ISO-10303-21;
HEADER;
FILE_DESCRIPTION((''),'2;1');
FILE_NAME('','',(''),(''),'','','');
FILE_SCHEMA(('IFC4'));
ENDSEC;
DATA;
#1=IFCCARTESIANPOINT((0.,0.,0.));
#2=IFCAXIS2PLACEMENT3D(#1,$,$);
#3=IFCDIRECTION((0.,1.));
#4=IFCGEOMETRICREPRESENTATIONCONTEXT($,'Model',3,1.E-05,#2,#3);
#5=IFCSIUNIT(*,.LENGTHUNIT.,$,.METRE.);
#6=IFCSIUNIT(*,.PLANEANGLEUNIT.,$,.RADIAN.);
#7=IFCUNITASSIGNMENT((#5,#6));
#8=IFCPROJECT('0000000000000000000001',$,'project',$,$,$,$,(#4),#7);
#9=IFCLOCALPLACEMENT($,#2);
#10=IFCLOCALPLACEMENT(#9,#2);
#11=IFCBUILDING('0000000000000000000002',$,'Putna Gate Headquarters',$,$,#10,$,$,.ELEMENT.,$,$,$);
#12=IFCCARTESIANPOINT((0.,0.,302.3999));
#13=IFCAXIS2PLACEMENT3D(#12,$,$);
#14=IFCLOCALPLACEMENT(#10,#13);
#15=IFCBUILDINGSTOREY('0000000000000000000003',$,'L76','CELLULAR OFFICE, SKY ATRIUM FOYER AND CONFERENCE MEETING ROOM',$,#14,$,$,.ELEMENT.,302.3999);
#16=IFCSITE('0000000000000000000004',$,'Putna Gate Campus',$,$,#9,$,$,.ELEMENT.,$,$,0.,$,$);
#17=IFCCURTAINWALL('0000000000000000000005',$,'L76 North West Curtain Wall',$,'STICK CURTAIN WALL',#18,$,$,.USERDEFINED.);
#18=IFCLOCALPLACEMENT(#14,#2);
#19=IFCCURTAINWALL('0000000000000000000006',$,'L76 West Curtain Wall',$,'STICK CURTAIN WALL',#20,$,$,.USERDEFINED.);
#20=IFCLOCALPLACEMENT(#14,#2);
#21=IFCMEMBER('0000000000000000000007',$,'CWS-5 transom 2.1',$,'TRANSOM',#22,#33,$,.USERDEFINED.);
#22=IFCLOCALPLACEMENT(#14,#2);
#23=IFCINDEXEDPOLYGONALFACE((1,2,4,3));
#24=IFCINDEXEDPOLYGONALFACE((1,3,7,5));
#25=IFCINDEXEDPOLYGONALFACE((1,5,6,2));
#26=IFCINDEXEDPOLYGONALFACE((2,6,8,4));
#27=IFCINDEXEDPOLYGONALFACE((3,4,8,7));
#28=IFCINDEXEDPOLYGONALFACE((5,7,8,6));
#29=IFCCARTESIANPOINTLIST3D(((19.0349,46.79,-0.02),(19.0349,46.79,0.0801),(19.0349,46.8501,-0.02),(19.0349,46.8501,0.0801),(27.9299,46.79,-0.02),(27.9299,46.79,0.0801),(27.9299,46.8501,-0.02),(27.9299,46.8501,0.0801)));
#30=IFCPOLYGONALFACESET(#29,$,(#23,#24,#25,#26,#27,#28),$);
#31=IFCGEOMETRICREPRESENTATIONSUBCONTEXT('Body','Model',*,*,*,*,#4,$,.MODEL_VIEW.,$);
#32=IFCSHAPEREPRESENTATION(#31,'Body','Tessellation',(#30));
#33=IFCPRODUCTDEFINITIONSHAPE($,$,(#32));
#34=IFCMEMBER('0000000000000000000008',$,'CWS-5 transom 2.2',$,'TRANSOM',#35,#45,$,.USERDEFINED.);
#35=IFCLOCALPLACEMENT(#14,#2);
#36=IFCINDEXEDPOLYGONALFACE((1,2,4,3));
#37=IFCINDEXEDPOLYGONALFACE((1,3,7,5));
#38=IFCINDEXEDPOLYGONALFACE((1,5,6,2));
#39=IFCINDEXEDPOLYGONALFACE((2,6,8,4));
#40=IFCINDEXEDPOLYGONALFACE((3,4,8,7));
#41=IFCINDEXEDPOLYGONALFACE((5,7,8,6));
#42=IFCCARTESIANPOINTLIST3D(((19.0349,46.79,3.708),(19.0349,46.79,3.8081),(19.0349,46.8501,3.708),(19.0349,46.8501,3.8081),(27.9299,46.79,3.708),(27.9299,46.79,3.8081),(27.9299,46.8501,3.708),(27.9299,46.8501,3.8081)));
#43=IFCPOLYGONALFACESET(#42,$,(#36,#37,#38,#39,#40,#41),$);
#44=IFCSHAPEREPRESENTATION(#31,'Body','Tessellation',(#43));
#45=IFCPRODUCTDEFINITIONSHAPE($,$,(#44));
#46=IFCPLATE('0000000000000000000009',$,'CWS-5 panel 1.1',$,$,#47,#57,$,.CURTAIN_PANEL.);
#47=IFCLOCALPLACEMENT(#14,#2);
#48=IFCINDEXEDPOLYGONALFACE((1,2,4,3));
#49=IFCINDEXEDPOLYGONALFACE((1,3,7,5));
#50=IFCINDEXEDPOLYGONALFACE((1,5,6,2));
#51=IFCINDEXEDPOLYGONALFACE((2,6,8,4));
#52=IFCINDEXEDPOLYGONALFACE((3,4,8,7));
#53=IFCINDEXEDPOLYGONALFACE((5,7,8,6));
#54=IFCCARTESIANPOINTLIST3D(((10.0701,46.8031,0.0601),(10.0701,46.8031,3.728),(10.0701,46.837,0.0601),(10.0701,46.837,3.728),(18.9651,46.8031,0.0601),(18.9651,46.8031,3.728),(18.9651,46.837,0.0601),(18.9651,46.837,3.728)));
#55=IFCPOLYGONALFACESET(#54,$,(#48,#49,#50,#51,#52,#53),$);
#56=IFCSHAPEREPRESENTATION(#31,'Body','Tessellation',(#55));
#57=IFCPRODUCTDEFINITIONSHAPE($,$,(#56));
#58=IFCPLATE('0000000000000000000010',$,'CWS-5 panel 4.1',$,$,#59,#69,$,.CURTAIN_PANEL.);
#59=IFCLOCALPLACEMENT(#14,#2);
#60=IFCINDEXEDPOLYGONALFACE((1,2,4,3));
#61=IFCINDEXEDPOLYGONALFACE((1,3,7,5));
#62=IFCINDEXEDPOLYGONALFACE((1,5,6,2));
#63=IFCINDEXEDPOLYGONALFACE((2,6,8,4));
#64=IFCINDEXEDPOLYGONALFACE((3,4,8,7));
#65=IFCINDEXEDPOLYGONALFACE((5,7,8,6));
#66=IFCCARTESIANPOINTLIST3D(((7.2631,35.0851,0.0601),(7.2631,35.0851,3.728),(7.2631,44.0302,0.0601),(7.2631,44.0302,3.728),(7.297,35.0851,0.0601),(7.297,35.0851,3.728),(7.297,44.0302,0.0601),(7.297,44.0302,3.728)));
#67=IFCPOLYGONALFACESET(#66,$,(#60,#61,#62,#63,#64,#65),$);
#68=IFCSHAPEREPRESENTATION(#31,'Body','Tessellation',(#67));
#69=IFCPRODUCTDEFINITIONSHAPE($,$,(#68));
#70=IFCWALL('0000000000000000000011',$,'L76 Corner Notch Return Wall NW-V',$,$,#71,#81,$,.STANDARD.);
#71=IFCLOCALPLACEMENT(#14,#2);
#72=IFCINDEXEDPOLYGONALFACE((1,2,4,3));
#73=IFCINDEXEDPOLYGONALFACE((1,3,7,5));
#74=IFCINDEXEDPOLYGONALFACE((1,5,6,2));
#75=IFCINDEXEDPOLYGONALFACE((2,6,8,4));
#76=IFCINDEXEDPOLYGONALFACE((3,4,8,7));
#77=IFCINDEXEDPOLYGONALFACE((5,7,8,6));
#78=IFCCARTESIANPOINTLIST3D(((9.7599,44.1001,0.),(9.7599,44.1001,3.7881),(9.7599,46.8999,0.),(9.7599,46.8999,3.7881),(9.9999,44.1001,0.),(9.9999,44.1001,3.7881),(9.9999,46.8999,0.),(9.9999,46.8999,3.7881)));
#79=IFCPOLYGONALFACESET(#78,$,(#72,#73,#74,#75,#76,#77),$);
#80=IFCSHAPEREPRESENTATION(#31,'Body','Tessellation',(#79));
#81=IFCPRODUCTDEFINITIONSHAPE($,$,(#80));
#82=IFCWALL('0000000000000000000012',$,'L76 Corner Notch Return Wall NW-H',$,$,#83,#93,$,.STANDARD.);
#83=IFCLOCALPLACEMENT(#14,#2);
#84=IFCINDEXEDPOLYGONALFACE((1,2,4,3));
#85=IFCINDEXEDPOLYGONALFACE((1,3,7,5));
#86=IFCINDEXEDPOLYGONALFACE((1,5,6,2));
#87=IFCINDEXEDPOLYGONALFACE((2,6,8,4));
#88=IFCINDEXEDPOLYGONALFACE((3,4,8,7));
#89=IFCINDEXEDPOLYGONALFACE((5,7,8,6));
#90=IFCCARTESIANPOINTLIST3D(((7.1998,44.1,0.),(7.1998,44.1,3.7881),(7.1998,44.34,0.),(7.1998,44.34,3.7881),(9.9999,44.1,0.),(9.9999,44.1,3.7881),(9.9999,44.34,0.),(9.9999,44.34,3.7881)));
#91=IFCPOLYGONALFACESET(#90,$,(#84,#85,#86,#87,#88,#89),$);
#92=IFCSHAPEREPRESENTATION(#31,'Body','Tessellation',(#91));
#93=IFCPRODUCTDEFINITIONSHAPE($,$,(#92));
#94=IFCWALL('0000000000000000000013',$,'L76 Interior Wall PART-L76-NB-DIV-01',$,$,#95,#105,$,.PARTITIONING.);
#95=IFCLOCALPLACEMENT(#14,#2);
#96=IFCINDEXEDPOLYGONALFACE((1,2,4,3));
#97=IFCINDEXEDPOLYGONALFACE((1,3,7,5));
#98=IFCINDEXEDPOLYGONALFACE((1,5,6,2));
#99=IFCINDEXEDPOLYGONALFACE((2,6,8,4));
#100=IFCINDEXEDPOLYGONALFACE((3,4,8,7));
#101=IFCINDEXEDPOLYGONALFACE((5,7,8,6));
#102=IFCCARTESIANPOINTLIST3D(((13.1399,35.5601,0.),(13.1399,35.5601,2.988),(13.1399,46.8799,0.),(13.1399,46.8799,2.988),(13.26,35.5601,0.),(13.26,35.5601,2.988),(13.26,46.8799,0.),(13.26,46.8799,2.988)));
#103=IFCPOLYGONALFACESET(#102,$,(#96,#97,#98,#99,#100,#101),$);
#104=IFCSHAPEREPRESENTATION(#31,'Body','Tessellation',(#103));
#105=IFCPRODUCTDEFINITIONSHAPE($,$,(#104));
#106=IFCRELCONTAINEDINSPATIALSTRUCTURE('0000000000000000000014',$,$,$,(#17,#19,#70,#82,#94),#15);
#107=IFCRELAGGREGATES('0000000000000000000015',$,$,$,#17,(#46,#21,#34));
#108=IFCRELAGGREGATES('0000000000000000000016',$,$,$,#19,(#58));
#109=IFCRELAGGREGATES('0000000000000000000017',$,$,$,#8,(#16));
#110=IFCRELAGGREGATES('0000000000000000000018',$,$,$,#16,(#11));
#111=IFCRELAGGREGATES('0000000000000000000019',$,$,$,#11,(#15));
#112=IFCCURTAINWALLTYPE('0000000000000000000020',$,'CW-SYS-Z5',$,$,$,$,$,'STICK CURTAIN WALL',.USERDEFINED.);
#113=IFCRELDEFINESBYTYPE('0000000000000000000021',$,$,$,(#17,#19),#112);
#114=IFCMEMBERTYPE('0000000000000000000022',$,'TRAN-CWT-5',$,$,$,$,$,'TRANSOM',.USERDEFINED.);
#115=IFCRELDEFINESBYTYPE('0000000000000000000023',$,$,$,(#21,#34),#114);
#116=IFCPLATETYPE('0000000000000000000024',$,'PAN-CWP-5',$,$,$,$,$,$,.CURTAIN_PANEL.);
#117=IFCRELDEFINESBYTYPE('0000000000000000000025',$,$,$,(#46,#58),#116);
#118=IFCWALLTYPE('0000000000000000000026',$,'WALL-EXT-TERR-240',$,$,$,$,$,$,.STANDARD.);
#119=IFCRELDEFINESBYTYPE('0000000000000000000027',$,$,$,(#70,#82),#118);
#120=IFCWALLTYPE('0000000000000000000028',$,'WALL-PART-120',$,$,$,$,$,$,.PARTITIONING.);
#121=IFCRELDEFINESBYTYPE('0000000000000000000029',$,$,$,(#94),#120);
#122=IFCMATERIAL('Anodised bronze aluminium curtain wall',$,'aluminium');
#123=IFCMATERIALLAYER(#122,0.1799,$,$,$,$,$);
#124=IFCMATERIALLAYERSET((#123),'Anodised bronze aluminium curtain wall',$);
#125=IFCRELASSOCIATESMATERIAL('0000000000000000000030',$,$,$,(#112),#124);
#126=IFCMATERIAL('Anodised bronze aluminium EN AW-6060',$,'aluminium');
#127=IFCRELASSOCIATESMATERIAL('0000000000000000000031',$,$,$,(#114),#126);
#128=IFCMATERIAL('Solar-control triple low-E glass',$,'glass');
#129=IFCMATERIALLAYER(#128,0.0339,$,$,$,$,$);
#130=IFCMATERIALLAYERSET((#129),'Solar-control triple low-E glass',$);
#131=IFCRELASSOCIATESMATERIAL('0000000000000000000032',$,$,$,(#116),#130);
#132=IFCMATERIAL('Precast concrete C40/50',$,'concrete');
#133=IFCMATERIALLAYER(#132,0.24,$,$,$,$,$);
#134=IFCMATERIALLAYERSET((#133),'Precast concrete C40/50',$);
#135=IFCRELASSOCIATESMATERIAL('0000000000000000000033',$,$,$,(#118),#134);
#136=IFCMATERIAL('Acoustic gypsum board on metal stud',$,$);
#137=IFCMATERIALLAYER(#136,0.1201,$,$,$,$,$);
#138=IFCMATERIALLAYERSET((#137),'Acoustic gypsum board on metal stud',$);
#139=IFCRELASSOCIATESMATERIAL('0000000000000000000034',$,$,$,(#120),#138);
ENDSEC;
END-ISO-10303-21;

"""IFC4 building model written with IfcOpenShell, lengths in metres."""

from ifc_helpers import new_model, si_unit, direction, frame, frame_2d, origin, origin_2d, place, context, subcontext, project, spatial, rectangle, extrude, material, layer, layer_set, material_profile, profile_set, type_object, element, aggregate, save


model = new_model("IFC4")

# Units and contexts
model_context = context("Model", 3, precision=1e-05, world=origin(), true_north=direction((0.0, 1.0)))
body_context = subcontext(model_context, "Body", "Model", "MODEL_VIEW")
ifc_project = project(units=[si_unit("LENGTHUNIT", "METRE"), si_unit("PLANEANGLEUNIT", "RADIAN")], contexts=[model_context])

# Site, building, storey
site_placement = place(None, origin())
site = spatial("IfcSite", under=ifc_project, at=site_placement, Name="Putna Gate Campus", CompositionType="ELEMENT", RefElevation=0.0)
building_placement = place(site_placement, origin())
building = spatial("IfcBuilding", under=site, at=building_placement, Name="Putna Gate Headquarters", CompositionType="ELEMENT")
storey_placement = place(building_placement, frame((0.0, 0.0, 302.3999)))
storey = spatial("IfcBuildingStorey", under=building, at=storey_placement, Name="L76", Description="CELLULAR OFFICE, SKY ATRIUM FOYER AND CONFERENCE MEETING ROOM", CompositionType="ELEMENT", Elevation=302.3999)

# Curtain wall
ifc_material_1 = material(Name="Anodised bronze aluminium curtain wall", Category="aluminium")
ifc_layer_1 = layer(ifc_material_1, 0.1799)
ifc_layer_set_1 = layer_set([ifc_layer_1], Name="Anodised bronze aluminium curtain wall")
curtain_wall_type = type_object("IfcCurtainWallType", Name="CW-SYS-Z5", ElementType="STICK CURTAIN WALL", PredefinedType="USERDEFINED", material=ifc_layer_set_1)
curtain_wall_1_placement = place(storey_placement, origin())
curtain_wall_1 = element("IfcCurtainWall", 1, at=curtain_wall_1_placement, inside=storey, type_object=curtain_wall_type, Name="L76 North West Curtain Wall", ObjectType="STICK CURTAIN WALL", PredefinedType="USERDEFINED")
ifc_material_2 = material(Name="Anodised bronze aluminium EN AW-6060", Category="aluminium")

# Curtain wall
curtain_wall_2_placement = place(storey_placement, origin())
curtain_wall_2 = element("IfcCurtainWall", 2, at=curtain_wall_2_placement, inside=storey, type_object=curtain_wall_type, Name="L76 West Curtain Wall", ObjectType="STICK CURTAIN WALL", PredefinedType="USERDEFINED")

# Members
ifc_material_profile_1 = material_profile(ifc_material_2, rectangle(XDim=0.0601, YDim=0.1001, at=origin_2d()), Name="Anodised bronze aluminium EN AW-6060")
ifc_profile_set_1 = profile_set([ifc_material_profile_1], Name="Anodised bronze aluminium EN AW-6060")
member_type_1 = type_object("IfcMemberType", Name="TRAN-CWT-5", ElementType="TRANSOM", PredefinedType="USERDEFINED", material=ifc_profile_set_1)
member_1_placement = place(storey_placement, frame((19.0349, 46.8201, 0.03), z_axis=(1.0, 0.0, 0.0), x_axis=(0.0, 1.0, 0.0)))
member_1 = element("IfcMember", 3, at=member_1_placement, type_object=member_type_1, Name="CWS-5 transom 2.1", ObjectType="TRANSOM", PredefinedType="USERDEFINED", context=body_context, shape_type="SweptSolid", body=[
    extrude(rectangle(XDim=0.0601, YDim=0.1001, at=origin_2d()), origin(), (0.0, 0.0, 1.0), 8.895),
])
member_2_placement = place(storey_placement, frame((19.0349, 46.8201, 3.7581), z_axis=(1.0, 0.0, 0.0), x_axis=(0.0, 1.0, 0.0)))
member_2 = element("IfcMember", 4, at=member_2_placement, type_object=member_type_1, Name="CWS-5 transom 2.2", ObjectType="TRANSOM", PredefinedType="USERDEFINED", context=body_context, shape_type="SweptSolid", body=[
    extrude(rectangle(XDim=0.0601, YDim=0.1001, at=origin_2d()), origin(), (0.0, 0.0, 1.0), 8.895),
])

# Plates
ifc_material_3 = material(Name="Solar-control triple low-E glass", Category="glass")
ifc_layer_2 = layer(ifc_material_3, 0.0339)
ifc_layer_set_2 = layer_set([ifc_layer_2], Name="Solar-control triple low-E glass")
plate_type = type_object("IfcPlateType", Name="PAN-CWP-5", PredefinedType="CURTAIN_PANEL", material=ifc_layer_set_2)
plate_1_placement = place(storey_placement, frame((14.5176, 46.8201, 0.0601), z_axis=(0.0, 0.0, 1.0), x_axis=(1.0, 0.0, 0.0)))
plate_1 = element("IfcPlate", 5, at=plate_1_placement, type_object=plate_type, Name="CWS-5 panel 1.1", PredefinedType="CURTAIN_PANEL", context=body_context, shape_type="SweptSolid", body=[
    extrude(rectangle(XDim=8.895, YDim=0.0339, at=origin_2d()), origin(), (0.0, 0.0, 1.0), 3.668),
])
aggregate(curtain_wall_1, [plate_1, member_1, member_2])
plate_2_placement = place(storey_placement, frame((7.28, 39.5576, 0.0601), z_axis=(0.0, 0.0, 1.0), x_axis=(0.0, 1.0, 0.0)))
plate_2 = element("IfcPlate", 6, at=plate_2_placement, type_object=plate_type, Name="CWS-5 panel 4.1", PredefinedType="CURTAIN_PANEL", context=body_context, shape_type="SweptSolid", body=[
    extrude(rectangle(XDim=8.9451, YDim=0.0339, at=origin_2d()), origin(), (0.0, 0.0, 1.0), 3.668),
])
aggregate(curtain_wall_2, [plate_2])

# Walls
ifc_material_4 = material(Name="Precast concrete C40/50", Category="concrete")
ifc_layer_3 = layer(ifc_material_4, 0.24)
ifc_layer_set_3 = layer_set([ifc_layer_3], Name="Precast concrete C40/50")
wall_type_1 = type_object("IfcWallType", Name="WALL-EXT-TERR-240", PredefinedType="STANDARD", material=ifc_layer_set_3)
wall_1_placement = place(storey_placement, frame((9.8799, 44.1001, 0.0), z_axis=(0.0, 0.0, 1.0), x_axis=(0.0, 1.0, 0.0)))
element("IfcWall", 7, at=wall_1_placement, inside=storey, type_object=wall_type_1, Name="L76 Corner Notch Return Wall NW-V", PredefinedType="STANDARD", context=body_context, shape_type="SweptSolid", body=[
    extrude(rectangle(XDim=2.7998, YDim=0.24, at=frame_2d((1.3999, 0.0))), origin(), (0.0, 0.0, 1.0), 3.7881),
])
wall_2_placement = place(storey_placement, frame((7.2, 44.22, 0.0), z_axis=(0.0, 0.0, 1.0), x_axis=(1.0, 0.0, 0.0)))
element("IfcWall", 8, at=wall_2_placement, inside=storey, type_object=wall_type_1, Name="L76 Corner Notch Return Wall NW-H", PredefinedType="STANDARD", context=body_context, shape_type="SweptSolid", body=[
    extrude(rectangle(XDim=2.8, YDim=0.24, at=frame_2d((1.3999, 0.0))), origin(), (0.0, 0.0, 1.0), 3.7881),
])
ifc_material_5 = material(Name="Acoustic gypsum board on metal stud")
ifc_layer_4 = layer(ifc_material_5, 0.1201)
ifc_layer_set_4 = layer_set([ifc_layer_4], Name="Acoustic gypsum board on metal stud")
wall_type_2 = type_object("IfcWallType", Name="WALL-PART-120", PredefinedType="PARTITIONING", material=ifc_layer_set_4)
wall_3_placement = place(storey_placement, frame((13.2, 35.5601, 0.0), z_axis=(0.0, 0.0, 1.0), x_axis=(0.0, 1.0, 0.0)))
element("IfcWall", 9, at=wall_3_placement, inside=storey, type_object=wall_type_2, Name="L76 Interior Wall PART-L76-NB-DIV-01", PredefinedType="PARTITIONING", context=body_context, shape_type="SweptSolid", body=[
    extrude(rectangle(XDim=11.3198, YDim=0.1201, at=frame_2d((5.6599, 0.0))), origin(), (0.0, 0.0, 1.0), 2.988),
])

save(model, "model.ifc")
